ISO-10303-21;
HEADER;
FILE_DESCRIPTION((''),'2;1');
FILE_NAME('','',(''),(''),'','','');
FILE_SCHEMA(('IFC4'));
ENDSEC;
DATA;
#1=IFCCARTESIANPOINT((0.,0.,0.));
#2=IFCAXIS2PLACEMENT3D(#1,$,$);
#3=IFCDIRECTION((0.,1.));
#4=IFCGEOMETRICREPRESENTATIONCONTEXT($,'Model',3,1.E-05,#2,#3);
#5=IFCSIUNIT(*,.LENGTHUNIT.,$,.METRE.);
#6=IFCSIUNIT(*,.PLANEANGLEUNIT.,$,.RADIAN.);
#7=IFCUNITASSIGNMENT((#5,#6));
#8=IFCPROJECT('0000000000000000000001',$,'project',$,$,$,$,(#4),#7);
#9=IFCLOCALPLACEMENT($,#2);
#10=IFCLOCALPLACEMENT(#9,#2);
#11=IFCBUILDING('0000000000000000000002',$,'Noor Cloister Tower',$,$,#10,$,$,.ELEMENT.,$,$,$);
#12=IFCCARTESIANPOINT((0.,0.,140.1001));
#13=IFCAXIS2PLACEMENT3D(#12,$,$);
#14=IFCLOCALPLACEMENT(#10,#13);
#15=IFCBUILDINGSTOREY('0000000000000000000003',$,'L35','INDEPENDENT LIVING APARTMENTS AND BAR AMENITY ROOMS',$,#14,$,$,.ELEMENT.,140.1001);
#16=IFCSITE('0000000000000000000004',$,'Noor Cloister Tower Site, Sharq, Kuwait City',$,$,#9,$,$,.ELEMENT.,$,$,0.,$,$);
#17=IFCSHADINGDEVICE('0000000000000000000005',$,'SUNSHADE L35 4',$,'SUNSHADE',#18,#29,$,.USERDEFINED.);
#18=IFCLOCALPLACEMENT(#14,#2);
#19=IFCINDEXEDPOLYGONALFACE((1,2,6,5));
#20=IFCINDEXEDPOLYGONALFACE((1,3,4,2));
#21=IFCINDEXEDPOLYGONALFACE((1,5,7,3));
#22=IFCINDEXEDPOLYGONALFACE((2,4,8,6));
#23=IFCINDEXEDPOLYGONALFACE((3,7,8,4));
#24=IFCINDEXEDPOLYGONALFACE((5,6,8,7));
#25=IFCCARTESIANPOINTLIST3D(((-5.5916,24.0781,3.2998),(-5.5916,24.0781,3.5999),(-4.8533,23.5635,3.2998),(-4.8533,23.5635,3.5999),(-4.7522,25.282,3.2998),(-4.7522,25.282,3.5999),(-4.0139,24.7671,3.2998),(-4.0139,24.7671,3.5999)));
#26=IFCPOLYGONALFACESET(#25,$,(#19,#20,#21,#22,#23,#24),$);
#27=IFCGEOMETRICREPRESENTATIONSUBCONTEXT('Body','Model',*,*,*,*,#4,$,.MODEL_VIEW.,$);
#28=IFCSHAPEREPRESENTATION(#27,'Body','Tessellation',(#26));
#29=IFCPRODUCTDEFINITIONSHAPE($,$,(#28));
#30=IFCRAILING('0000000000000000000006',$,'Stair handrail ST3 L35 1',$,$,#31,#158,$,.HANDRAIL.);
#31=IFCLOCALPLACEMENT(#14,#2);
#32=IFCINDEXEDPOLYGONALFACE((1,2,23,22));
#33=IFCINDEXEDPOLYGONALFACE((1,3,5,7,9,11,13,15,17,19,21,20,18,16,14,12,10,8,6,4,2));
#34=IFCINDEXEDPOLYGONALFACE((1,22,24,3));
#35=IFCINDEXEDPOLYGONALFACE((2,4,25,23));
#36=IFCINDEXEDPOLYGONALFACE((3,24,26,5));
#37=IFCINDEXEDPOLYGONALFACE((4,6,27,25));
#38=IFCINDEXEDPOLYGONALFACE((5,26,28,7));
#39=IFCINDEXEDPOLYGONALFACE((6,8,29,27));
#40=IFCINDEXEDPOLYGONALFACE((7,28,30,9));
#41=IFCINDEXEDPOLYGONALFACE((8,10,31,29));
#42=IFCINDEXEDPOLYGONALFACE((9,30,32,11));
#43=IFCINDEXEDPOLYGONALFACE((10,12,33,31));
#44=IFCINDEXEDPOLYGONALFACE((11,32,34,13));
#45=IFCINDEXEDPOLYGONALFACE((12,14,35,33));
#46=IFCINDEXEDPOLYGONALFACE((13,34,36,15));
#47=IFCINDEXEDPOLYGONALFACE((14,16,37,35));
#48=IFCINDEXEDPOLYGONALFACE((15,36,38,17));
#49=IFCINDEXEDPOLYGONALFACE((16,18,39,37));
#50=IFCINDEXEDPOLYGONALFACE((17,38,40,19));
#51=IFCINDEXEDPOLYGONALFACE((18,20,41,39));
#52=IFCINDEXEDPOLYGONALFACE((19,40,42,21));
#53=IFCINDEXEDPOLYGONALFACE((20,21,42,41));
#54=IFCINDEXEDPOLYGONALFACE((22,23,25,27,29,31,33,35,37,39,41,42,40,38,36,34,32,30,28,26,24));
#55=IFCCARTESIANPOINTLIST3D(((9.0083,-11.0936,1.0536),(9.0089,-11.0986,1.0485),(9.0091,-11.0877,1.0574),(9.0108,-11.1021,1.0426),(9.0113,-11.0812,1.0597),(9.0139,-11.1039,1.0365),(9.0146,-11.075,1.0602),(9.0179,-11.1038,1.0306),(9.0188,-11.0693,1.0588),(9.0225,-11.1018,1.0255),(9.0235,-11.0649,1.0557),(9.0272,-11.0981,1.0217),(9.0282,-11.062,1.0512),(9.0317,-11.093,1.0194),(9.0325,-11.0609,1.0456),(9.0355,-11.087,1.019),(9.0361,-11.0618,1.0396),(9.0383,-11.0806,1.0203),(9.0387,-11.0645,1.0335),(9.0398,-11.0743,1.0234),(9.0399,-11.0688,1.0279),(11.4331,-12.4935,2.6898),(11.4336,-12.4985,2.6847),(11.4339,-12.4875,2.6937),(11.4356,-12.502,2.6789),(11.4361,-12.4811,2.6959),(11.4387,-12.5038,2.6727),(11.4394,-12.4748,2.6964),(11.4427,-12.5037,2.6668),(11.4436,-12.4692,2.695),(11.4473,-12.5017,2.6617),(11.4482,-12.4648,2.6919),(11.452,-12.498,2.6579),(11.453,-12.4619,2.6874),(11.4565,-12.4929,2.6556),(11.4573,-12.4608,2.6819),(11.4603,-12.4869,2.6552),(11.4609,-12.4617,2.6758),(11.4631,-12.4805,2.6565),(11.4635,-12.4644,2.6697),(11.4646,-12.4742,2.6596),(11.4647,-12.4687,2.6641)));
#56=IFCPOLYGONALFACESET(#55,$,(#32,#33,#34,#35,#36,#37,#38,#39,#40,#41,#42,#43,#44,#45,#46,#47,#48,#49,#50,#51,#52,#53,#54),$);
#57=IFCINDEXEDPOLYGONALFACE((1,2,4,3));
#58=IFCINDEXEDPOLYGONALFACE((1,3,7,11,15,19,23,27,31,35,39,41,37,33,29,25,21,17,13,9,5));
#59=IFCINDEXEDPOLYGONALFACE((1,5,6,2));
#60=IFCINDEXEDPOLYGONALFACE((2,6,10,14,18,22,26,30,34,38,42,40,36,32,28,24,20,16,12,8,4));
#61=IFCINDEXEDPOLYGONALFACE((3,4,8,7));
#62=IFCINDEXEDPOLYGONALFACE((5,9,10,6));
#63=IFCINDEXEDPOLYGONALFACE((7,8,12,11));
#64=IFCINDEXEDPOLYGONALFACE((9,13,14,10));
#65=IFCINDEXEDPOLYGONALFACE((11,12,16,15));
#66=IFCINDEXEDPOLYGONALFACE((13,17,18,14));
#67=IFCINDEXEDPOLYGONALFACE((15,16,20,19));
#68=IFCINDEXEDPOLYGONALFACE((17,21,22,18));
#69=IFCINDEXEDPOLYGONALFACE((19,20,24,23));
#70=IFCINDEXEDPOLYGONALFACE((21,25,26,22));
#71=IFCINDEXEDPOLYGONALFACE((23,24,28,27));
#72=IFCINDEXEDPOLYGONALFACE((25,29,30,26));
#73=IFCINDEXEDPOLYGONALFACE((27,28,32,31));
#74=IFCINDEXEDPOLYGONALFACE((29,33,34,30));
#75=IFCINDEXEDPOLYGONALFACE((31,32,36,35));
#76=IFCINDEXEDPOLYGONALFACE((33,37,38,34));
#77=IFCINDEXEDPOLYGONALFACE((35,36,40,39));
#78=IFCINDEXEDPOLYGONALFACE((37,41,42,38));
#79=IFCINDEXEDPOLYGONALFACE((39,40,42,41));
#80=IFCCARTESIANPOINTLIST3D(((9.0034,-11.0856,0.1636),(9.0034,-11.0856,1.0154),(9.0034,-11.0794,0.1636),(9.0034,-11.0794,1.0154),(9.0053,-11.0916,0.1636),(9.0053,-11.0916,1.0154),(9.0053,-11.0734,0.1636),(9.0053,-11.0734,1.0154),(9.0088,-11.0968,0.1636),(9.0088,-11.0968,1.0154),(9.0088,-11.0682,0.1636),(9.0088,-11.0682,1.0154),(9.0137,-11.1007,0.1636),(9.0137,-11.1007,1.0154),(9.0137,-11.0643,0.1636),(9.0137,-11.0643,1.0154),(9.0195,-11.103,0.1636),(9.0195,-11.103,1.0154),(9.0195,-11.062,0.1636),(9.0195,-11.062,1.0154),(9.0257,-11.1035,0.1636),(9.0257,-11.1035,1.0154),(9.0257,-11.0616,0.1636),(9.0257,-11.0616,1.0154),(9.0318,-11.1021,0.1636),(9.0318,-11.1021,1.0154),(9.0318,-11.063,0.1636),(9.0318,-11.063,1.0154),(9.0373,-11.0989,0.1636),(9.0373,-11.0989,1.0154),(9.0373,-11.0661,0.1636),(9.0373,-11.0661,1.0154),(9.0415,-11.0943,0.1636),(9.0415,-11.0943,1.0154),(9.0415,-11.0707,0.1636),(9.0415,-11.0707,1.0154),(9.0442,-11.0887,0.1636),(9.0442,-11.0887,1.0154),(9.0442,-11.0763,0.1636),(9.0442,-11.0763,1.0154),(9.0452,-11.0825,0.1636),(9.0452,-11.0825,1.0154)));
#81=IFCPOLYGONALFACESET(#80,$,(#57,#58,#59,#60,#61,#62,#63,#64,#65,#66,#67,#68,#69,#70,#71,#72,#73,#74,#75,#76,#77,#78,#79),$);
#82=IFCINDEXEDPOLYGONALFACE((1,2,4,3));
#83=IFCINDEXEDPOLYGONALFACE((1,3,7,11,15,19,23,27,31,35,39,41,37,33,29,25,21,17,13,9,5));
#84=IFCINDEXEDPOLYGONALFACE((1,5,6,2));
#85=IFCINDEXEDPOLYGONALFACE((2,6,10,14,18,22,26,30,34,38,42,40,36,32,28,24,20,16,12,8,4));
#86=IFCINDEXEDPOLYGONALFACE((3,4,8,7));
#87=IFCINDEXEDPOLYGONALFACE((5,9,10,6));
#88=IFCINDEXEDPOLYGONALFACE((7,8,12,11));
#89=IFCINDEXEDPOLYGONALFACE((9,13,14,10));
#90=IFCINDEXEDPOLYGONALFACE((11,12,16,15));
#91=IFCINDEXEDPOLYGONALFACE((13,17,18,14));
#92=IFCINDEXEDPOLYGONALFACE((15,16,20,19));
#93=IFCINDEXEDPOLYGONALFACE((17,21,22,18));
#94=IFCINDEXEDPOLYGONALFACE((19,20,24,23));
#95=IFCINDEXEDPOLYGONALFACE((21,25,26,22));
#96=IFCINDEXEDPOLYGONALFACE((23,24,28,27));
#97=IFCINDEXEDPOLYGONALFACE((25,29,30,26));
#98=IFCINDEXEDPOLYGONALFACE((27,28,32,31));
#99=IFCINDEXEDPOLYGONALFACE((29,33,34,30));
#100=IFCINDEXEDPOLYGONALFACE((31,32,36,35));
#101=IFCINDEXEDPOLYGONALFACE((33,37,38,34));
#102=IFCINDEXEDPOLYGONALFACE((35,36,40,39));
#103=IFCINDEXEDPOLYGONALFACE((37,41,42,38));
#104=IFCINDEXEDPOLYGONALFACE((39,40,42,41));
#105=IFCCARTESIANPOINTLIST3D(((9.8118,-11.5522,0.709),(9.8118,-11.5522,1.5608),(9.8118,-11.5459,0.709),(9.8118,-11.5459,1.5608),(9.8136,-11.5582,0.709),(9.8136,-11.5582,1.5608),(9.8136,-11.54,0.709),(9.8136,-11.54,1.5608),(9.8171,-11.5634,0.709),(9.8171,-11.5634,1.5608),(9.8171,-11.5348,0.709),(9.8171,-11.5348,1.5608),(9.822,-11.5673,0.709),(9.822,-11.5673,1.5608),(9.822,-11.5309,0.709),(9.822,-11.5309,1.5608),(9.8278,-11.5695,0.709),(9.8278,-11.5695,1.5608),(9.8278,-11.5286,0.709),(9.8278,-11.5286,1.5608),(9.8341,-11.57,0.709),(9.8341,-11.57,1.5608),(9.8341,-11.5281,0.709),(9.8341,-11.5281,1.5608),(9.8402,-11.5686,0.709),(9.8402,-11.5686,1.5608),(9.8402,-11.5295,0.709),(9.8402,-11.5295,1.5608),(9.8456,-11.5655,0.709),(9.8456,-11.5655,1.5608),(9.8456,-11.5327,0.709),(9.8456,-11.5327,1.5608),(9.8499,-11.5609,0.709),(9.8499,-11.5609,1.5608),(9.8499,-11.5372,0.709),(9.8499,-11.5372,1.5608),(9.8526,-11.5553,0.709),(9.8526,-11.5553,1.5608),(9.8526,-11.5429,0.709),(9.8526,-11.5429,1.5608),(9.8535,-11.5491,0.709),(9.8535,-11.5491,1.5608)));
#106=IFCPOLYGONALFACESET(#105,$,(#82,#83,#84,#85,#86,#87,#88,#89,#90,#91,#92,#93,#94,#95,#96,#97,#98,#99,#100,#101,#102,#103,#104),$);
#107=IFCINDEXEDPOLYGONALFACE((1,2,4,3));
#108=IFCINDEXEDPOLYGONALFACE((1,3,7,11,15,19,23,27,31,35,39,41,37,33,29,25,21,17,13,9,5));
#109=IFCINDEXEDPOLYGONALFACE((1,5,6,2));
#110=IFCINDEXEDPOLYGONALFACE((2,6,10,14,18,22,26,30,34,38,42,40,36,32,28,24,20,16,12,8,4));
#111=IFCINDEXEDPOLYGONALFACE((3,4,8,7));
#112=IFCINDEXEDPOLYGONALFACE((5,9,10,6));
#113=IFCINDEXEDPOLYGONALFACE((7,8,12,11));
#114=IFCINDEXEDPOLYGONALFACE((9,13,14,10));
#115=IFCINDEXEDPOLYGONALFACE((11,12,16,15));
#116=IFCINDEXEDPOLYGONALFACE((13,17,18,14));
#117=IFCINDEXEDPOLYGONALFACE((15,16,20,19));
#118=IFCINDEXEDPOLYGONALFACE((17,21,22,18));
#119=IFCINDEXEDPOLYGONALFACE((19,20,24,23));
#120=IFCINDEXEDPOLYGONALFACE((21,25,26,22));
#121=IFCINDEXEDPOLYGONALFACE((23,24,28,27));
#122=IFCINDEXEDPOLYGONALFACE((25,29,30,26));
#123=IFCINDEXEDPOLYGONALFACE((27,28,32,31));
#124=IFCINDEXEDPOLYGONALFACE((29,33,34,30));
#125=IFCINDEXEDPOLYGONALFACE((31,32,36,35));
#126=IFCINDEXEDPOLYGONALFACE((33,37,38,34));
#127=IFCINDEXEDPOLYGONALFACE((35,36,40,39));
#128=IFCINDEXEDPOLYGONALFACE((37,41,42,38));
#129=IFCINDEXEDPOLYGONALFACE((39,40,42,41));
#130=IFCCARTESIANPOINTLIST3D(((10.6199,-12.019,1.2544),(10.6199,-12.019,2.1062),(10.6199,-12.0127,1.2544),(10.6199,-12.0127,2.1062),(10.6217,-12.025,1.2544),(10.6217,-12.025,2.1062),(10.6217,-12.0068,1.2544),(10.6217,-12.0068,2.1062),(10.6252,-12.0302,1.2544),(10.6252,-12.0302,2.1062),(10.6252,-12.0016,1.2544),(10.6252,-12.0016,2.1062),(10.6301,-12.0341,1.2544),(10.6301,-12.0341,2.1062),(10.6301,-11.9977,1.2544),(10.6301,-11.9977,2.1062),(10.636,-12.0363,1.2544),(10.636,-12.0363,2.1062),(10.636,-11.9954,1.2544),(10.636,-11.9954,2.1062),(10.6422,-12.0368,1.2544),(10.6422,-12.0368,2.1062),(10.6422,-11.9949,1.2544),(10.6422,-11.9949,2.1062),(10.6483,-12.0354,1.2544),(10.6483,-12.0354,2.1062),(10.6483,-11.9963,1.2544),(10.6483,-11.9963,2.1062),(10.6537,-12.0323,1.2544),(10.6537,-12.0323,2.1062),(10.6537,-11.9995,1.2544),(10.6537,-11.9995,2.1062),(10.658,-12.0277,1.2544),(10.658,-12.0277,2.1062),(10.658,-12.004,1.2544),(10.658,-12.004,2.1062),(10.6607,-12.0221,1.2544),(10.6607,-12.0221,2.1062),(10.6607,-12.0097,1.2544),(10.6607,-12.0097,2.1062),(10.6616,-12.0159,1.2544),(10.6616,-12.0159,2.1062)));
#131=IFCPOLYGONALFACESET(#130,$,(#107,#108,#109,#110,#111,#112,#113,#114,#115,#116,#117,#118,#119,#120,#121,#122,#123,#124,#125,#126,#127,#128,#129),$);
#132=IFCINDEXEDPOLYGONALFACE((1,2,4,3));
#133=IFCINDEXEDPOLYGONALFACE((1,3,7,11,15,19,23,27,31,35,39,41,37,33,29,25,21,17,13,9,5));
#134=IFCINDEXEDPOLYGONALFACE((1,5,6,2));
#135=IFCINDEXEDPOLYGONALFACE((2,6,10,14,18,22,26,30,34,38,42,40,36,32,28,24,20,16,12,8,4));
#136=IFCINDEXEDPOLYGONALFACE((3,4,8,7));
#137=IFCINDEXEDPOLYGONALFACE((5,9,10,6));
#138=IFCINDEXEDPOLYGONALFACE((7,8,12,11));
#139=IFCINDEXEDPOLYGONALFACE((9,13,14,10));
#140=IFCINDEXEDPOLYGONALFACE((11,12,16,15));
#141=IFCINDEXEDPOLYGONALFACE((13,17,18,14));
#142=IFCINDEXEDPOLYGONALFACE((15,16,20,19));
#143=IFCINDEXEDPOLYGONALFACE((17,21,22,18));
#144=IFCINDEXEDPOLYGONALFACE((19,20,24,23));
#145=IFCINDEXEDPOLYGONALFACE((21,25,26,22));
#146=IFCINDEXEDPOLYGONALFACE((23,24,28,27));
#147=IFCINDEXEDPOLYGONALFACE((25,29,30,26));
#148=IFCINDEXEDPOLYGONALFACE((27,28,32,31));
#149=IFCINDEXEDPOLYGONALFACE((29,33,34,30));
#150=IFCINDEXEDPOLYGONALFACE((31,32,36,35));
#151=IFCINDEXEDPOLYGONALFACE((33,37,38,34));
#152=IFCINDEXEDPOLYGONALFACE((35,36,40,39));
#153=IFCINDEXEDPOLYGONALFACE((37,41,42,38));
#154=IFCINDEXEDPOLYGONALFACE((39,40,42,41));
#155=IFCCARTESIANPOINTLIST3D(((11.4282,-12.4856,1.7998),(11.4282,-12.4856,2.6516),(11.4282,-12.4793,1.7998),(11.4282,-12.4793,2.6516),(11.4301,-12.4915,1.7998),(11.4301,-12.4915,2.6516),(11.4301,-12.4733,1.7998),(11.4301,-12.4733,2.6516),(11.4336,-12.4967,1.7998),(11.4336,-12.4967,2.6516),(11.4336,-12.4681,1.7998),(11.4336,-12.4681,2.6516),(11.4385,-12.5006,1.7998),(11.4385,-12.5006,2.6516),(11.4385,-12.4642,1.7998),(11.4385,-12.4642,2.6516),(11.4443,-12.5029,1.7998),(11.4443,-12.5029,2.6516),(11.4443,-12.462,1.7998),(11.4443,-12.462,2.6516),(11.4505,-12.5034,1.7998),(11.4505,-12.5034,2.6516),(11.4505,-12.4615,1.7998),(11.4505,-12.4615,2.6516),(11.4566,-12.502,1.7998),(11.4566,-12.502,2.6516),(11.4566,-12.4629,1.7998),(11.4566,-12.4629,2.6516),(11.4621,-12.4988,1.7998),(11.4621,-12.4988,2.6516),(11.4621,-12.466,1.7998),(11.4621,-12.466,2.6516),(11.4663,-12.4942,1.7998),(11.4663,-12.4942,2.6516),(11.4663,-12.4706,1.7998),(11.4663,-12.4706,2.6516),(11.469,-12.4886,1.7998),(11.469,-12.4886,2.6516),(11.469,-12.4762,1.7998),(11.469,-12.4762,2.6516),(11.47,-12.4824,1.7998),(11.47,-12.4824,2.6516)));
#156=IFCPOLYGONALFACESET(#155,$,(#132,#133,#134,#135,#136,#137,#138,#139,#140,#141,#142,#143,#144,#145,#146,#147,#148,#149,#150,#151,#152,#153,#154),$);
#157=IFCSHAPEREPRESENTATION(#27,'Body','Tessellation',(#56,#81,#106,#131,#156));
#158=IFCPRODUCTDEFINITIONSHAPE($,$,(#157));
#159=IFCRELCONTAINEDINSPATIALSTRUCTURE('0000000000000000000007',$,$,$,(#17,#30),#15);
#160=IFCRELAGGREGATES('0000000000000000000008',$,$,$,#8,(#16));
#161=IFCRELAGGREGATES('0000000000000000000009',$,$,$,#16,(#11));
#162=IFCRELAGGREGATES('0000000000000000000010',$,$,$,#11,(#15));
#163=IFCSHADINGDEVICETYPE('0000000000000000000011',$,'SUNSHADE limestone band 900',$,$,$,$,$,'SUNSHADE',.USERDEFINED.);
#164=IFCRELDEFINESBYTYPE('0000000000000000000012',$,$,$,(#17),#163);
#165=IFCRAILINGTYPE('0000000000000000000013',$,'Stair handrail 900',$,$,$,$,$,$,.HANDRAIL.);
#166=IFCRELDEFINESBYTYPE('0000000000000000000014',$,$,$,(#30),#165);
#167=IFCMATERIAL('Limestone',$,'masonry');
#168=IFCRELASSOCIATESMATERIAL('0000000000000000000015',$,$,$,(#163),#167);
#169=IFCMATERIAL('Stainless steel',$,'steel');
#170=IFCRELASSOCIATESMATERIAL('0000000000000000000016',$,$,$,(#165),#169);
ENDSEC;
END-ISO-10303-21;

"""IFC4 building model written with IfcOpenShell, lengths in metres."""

from ifc_helpers import new_model, si_unit, direction, frame, origin, origin_2d, place, context, subcontext, project, spatial, polyline, circle, outline, extrude, material, type_object, element, save


model = new_model("IFC4")

# Units and contexts
model_context = context("Model", 3, precision=1e-05, world=origin(), true_north=direction((0.0, 1.0)))
body_context = subcontext(model_context, "Body", "Model", "MODEL_VIEW")
ifc_project = project(units=[si_unit("LENGTHUNIT", "METRE"), si_unit("PLANEANGLEUNIT", "RADIAN")], contexts=[model_context])

# Site, building, storey
site_placement = place(None, origin())
site = spatial("IfcSite", under=ifc_project, at=site_placement, Name="Noor Cloister Tower Site, Sharq, Kuwait City", CompositionType="ELEMENT", RefElevation=0.0)
building_placement = place(site_placement, origin())
building = spatial("IfcBuilding", under=site, at=building_placement, Name="Noor Cloister Tower", CompositionType="ELEMENT")
storey_placement = place(building_placement, frame((0.0, 0.0, 140.1001)))
storey = spatial("IfcBuildingStorey", under=building, at=storey_placement, Name="L35", Description="INDEPENDENT LIVING APARTMENTS AND BAR AMENITY ROOMS", CompositionType="ELEMENT", Elevation=140.1001)

# Shading device
ifc_material_1 = material(Name="Limestone", Category="masonry")
shading_device_type_1 = type_object("IfcShadingDeviceType", Name="SUNSHADE limestone band 900", ElementType="SUNSHADE", PredefinedType="USERDEFINED", material=ifc_material_1)
shading_device_1_placement = place(storey_placement, frame((0.0, 0.0, 3.2998)))
element("IfcShadingDevice", 1, at=shading_device_1_placement, inside=storey, type_object=shading_device_type_1, Name="SUNSHADE L35 4", ObjectType="SUNSHADE", PredefinedType="USERDEFINED", context=body_context, shape_type="SweptSolid", body=[
    extrude(outline(polyline([(-4.7522, 25.282), (-5.5916, 24.0781), (-4.8533, 23.5635), (-4.0139, 24.7671), (-4.7522, 25.282)])), origin(), (0.0, 0.0, 1.0), 0.3),
])

# Railing
ifc_material_2 = material(Name="Stainless steel", Category="steel")
railing_type = type_object("IfcRailingType", Name="Stair handrail 900", PredefinedType="HANDRAIL", material=ifc_material_2)
railing_placement = place(storey_placement, frame((9.0242, -11.0825, 0.1636)))
element("IfcRailing", 2, at=railing_placement, inside=storey, type_object=railing_type, Name="Stair handrail ST3 L35 1", PredefinedType="HANDRAIL", context=body_context, shape_type="SweptSolid", body=[
    extrude(circle(Radius=0.0239, at=origin_2d()), frame((0.0, 0.0, 0.876), z_axis=(0.747718, -0.431677, 0.504552), x_axis=(0.499984, 0.866035, 0.0)), (0.0, 0.0, 1.0), 3.2429),
    extrude(circle(Radius=0.021, at=origin_2d()), origin(), (0.0, 0.0, 1.0), 0.8518),
    extrude(circle(Radius=0.021, at=origin_2d()), frame((0.8083, -0.4666, 0.5454)), (0.0, 0.0, 1.0), 0.8518),
    extrude(circle(Radius=0.021, at=origin_2d()), frame((1.6165, -0.9333, 1.0908)), (0.0, 0.0, 1.0), 0.8518),
    extrude(circle(Radius=0.021, at=origin_2d()), frame((2.4248, -1.3999, 1.6362)), (0.0, 0.0, 1.0), 0.8518),
])

save(model, "model.ifc")
